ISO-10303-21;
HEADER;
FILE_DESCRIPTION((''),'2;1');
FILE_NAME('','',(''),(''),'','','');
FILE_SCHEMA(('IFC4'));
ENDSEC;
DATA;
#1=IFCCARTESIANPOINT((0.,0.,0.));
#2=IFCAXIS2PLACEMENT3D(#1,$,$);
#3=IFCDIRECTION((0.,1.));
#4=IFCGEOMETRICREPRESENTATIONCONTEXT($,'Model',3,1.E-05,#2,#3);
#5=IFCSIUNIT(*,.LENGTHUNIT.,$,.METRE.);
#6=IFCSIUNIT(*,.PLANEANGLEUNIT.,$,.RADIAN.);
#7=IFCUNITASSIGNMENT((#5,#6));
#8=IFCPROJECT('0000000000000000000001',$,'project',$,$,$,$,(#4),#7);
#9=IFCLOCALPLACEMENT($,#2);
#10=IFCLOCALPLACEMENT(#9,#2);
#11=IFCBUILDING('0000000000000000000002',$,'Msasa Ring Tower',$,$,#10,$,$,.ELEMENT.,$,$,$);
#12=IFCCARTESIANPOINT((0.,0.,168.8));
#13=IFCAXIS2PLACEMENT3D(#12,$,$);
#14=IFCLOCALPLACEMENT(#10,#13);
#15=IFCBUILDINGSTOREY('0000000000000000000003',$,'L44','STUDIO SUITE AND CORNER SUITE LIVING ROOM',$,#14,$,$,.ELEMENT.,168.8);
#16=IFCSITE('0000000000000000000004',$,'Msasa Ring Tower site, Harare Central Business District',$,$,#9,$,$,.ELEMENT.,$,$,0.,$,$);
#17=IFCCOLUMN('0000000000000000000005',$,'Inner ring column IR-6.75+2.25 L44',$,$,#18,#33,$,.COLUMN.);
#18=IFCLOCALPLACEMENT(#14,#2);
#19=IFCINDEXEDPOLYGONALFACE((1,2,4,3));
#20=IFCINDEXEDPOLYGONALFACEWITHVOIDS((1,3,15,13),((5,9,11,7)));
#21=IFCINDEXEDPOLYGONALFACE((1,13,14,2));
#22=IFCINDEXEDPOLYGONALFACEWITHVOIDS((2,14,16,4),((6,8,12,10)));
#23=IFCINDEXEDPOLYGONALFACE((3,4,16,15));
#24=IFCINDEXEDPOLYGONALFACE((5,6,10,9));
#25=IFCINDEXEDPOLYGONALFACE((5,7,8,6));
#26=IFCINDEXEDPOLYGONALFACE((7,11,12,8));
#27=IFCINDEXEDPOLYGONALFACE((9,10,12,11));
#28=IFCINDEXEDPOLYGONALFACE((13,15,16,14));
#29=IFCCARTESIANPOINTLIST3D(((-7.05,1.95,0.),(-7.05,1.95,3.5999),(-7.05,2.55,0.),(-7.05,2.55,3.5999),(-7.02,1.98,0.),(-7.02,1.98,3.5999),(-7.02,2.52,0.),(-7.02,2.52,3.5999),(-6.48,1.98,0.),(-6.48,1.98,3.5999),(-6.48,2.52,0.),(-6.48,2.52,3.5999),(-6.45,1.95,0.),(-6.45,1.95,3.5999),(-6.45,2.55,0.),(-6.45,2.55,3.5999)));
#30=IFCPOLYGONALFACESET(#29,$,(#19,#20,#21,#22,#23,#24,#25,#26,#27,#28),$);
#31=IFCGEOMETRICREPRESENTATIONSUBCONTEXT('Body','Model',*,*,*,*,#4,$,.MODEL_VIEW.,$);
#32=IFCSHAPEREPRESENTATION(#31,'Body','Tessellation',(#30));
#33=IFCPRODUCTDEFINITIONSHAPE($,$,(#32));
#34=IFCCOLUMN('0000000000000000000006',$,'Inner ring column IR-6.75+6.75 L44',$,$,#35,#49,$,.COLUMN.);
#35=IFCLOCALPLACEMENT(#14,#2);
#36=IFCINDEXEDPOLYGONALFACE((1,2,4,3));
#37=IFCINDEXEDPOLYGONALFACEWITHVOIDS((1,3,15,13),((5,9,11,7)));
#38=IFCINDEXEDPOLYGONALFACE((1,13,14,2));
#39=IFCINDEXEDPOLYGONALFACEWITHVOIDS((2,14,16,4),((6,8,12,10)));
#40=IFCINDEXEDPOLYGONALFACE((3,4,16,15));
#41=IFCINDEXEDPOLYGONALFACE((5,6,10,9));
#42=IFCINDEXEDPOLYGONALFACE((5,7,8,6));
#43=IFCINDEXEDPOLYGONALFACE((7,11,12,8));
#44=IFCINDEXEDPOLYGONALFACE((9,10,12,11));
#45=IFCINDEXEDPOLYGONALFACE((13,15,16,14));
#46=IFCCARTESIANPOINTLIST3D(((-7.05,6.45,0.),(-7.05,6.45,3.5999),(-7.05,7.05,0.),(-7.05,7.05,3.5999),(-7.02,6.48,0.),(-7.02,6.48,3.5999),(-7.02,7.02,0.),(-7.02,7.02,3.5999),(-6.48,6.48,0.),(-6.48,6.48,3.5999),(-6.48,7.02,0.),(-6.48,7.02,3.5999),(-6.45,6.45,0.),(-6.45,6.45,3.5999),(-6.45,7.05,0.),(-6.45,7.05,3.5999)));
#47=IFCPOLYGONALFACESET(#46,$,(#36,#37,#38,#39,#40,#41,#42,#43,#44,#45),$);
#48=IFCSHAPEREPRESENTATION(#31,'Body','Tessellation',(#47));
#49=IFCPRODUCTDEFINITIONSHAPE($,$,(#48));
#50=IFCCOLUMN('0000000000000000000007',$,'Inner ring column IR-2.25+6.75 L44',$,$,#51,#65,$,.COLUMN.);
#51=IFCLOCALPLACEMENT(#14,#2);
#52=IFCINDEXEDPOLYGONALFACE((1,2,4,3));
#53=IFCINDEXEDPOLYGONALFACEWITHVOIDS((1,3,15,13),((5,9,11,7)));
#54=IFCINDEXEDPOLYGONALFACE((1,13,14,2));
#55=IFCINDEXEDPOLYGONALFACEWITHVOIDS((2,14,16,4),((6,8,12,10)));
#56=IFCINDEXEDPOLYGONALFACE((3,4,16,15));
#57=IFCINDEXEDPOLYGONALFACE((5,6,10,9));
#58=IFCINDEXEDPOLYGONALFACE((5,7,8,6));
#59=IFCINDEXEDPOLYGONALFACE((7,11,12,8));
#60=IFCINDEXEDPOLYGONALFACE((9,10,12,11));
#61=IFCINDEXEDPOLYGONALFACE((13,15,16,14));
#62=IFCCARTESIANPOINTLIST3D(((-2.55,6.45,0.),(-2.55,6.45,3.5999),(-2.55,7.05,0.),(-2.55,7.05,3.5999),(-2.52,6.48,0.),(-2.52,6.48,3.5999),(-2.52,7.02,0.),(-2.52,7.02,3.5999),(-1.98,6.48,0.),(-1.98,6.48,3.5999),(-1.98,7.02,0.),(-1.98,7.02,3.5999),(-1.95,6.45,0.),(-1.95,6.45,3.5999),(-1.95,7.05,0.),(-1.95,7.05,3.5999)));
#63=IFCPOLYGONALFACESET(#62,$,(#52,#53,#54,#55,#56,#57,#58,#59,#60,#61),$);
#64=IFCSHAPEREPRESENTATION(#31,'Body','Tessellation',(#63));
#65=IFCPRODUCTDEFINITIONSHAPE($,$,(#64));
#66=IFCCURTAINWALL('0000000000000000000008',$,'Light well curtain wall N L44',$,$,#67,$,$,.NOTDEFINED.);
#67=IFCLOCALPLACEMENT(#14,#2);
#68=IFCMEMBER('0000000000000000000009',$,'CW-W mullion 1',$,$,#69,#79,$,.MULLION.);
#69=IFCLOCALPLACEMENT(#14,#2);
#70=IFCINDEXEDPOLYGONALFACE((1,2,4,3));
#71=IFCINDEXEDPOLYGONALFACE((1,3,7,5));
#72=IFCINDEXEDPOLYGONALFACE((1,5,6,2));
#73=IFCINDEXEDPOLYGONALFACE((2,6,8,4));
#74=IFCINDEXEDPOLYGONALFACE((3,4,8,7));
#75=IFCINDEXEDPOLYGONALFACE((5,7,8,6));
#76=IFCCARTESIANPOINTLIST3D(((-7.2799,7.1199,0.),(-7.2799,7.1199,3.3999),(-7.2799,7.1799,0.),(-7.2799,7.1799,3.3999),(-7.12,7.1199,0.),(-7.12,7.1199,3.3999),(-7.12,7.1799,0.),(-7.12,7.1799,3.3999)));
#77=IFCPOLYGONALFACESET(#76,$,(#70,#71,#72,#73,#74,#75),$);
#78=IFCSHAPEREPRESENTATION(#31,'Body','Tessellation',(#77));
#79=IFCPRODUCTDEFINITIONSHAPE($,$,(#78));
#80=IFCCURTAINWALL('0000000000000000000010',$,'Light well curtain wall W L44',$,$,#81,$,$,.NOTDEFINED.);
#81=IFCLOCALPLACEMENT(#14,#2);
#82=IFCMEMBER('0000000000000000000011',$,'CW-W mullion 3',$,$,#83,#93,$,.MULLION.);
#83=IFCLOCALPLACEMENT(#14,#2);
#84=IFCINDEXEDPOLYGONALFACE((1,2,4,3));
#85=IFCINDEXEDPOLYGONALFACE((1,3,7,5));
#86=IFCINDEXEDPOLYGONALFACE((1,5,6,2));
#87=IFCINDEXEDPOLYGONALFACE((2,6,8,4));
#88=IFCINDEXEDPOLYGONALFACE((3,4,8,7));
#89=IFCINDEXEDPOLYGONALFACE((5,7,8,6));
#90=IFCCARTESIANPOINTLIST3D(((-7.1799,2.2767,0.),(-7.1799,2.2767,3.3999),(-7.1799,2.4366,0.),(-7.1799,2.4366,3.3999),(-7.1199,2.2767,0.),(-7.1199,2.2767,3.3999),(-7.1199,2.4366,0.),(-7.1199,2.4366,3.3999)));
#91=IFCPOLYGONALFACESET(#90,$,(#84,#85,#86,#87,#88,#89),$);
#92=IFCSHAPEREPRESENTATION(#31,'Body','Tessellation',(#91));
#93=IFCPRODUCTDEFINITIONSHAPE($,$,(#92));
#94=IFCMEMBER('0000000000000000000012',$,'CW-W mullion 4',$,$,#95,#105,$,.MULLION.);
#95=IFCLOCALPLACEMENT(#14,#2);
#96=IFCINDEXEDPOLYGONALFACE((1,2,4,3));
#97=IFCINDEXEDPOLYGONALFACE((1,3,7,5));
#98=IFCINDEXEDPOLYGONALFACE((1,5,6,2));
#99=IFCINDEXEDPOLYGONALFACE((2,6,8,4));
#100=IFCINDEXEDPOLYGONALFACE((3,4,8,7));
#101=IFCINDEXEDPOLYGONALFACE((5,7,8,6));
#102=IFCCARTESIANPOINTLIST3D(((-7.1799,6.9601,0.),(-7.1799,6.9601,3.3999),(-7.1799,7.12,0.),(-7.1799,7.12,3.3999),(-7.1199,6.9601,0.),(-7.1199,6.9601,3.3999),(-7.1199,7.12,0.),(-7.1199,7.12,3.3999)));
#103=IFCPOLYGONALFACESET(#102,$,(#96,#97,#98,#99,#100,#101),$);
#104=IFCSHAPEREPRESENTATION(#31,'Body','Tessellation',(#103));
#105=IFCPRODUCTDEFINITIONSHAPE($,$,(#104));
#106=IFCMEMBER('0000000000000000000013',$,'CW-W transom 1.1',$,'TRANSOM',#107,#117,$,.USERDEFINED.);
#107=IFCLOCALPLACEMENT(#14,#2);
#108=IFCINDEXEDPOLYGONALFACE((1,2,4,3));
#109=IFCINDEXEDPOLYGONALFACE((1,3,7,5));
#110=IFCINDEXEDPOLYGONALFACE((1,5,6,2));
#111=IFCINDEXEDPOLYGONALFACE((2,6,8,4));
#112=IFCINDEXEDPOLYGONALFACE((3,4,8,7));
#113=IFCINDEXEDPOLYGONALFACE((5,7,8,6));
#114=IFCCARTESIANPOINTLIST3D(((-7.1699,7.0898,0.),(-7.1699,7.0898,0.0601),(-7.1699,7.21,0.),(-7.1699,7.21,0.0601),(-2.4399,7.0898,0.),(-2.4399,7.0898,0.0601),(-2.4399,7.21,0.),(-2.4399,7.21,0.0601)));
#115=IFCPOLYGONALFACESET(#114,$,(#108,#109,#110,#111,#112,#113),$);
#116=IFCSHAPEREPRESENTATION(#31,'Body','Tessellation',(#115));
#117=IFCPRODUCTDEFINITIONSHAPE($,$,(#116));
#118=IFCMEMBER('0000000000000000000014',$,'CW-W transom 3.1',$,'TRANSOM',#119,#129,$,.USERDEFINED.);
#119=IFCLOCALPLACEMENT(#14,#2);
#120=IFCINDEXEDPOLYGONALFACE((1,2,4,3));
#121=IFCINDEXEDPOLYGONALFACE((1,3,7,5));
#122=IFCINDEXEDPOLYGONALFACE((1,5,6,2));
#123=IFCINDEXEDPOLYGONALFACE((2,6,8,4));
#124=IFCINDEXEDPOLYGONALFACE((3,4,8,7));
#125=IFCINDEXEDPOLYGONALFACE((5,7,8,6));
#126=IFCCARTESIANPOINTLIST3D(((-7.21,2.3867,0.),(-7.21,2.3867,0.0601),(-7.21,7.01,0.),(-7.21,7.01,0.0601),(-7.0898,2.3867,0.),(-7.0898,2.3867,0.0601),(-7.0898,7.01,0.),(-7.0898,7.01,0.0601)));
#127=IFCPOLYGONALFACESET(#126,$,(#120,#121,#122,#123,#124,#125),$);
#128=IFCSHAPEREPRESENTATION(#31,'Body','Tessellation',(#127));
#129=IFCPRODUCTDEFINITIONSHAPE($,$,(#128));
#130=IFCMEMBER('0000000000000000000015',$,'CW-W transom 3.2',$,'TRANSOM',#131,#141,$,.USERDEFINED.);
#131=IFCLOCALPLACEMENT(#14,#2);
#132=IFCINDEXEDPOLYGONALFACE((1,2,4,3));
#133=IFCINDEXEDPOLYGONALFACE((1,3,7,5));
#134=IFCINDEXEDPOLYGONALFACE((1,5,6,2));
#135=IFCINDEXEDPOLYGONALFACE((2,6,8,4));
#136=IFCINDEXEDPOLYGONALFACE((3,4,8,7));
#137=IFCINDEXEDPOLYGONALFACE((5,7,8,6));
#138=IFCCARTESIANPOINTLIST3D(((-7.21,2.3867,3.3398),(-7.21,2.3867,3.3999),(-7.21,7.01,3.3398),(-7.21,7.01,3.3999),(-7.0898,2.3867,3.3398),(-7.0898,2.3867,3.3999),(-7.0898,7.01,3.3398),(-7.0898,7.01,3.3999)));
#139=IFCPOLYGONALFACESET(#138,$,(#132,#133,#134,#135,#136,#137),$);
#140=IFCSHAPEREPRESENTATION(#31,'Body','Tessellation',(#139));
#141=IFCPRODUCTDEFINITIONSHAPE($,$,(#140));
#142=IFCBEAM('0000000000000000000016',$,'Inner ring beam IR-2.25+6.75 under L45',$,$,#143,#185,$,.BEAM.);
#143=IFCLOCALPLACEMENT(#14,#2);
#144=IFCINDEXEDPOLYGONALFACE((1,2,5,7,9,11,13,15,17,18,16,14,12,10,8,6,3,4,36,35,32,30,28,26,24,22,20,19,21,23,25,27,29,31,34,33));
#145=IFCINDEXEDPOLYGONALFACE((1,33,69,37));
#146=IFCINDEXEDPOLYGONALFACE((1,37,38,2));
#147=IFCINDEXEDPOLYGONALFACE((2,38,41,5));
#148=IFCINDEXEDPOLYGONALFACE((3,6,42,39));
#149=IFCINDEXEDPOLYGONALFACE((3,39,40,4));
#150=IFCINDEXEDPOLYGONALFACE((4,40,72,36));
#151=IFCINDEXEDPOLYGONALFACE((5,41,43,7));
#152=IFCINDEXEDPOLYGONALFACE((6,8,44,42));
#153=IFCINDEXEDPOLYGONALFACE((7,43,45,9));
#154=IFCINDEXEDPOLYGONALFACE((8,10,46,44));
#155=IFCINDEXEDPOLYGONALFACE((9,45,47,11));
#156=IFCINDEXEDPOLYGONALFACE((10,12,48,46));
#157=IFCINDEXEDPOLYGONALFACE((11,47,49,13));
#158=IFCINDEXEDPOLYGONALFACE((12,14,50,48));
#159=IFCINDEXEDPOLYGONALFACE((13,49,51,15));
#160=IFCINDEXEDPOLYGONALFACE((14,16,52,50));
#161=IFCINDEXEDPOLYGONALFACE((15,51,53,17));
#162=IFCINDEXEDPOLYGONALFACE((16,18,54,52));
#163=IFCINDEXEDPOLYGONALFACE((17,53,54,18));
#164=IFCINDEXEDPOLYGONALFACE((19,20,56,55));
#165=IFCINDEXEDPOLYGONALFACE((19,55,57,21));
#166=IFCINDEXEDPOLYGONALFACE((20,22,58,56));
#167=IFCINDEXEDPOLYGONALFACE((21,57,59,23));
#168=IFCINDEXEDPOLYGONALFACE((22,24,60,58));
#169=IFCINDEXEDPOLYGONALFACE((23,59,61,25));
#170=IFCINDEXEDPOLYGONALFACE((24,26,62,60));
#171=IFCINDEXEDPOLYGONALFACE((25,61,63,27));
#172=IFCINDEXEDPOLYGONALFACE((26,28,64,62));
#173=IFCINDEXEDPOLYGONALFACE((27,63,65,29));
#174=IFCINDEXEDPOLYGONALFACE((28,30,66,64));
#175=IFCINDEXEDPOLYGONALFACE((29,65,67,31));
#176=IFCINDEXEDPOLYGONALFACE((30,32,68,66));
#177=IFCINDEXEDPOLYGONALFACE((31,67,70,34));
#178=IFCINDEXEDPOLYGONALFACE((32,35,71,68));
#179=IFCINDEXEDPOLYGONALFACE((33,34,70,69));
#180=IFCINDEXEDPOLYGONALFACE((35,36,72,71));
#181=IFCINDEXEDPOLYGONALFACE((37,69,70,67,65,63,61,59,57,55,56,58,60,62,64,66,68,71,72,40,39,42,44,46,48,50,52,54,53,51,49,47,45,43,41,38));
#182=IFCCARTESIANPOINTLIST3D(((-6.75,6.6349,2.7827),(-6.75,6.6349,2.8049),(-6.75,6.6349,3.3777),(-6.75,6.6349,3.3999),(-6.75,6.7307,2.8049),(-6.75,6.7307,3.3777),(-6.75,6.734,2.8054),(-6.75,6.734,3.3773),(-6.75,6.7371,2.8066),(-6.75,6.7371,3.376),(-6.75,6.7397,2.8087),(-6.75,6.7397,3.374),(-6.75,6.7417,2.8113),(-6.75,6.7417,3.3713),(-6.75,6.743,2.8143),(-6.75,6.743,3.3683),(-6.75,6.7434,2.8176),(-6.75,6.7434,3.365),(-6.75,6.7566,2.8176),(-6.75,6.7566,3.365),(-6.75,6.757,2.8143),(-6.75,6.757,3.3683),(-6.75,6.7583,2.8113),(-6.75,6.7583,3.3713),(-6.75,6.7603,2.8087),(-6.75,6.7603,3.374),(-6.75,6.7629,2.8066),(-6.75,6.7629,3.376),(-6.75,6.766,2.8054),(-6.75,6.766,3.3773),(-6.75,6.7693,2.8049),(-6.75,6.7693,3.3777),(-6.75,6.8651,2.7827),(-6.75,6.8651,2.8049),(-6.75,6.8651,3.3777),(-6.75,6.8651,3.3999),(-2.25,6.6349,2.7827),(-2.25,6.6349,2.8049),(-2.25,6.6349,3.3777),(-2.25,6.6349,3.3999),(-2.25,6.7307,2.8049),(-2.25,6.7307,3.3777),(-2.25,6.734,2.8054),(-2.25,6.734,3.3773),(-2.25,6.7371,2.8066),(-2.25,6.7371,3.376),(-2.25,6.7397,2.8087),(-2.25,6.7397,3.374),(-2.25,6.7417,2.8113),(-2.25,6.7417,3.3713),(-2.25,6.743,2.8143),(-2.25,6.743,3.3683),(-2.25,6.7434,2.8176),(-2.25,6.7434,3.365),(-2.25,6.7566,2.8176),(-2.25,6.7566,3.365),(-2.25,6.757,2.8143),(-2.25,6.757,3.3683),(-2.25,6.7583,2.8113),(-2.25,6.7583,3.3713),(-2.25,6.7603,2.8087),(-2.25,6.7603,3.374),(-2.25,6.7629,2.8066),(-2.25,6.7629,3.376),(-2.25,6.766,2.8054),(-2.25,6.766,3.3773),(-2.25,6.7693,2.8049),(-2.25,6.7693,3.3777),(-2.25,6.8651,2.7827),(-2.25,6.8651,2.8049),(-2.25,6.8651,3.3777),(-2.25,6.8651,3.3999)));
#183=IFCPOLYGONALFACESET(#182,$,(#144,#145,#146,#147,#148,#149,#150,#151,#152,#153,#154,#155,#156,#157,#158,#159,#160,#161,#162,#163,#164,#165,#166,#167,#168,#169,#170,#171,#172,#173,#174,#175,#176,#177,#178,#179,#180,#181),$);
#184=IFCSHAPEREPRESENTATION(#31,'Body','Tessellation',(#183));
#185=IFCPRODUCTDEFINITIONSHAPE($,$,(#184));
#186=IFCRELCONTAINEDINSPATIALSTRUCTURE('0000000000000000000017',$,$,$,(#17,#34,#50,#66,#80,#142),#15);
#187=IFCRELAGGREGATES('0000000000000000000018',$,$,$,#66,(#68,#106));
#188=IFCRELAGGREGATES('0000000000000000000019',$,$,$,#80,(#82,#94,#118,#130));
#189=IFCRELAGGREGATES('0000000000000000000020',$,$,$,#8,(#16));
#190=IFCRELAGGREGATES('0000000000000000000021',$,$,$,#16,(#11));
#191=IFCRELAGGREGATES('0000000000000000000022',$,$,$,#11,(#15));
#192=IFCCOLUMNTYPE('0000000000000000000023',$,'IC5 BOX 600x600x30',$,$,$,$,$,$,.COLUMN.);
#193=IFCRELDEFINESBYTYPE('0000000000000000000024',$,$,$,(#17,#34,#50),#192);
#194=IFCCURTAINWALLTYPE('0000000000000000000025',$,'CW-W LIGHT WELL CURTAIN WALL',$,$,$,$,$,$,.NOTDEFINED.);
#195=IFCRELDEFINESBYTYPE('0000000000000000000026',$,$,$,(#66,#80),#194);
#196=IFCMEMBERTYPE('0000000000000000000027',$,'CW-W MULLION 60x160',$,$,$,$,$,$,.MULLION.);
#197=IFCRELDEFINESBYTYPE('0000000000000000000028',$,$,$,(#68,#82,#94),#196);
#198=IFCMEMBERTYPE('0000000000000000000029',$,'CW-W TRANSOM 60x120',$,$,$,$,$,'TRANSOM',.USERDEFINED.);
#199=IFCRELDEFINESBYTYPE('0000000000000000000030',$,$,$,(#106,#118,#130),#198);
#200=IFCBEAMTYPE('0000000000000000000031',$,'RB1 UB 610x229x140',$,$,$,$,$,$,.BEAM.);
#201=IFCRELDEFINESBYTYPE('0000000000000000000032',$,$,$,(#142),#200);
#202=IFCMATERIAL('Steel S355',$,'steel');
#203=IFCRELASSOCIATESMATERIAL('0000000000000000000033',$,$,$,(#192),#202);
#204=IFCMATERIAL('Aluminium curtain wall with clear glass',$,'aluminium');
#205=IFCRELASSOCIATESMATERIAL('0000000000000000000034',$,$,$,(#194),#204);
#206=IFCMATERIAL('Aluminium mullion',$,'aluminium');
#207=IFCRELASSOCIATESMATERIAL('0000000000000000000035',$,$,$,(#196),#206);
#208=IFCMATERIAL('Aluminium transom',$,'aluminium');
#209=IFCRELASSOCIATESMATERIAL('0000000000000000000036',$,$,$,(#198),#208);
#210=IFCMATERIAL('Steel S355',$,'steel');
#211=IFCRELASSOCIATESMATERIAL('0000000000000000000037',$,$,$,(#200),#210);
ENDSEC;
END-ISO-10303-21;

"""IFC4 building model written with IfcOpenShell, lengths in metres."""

from ifc_helpers import new_model, si_unit, direction, frame, origin, origin_2d, place, context, subcontext, project, spatial, rectangle, hollow_rectangle, i_section, extrude, material, material_profile, profile_set, type_object, element, aggregate, save


model = new_model("IFC4")

# Units and contexts
model_context = context("Model", 3, precision=1e-05, world=origin(), true_north=direction((0.0, 1.0)))
body_context = subcontext(model_context, "Body", "Model", "MODEL_VIEW")
ifc_project = project(units=[si_unit("LENGTHUNIT", "METRE"), si_unit("PLANEANGLEUNIT", "RADIAN")], contexts=[model_context])

# Site, building, storey
site_placement = place(None, origin())
site = spatial("IfcSite", under=ifc_project, at=site_placement, Name="Msasa Ring Tower site, Harare Central Business District", CompositionType="ELEMENT", RefElevation=0.0)
building_placement = place(site_placement, origin())
building = spatial("IfcBuilding", under=site, at=building_placement, Name="Msasa Ring Tower", CompositionType="ELEMENT")
storey_placement = place(building_placement, frame((0.0, 0.0, 168.8)))
storey = spatial("IfcBuildingStorey", under=building, at=storey_placement, Name="L44", Description="STUDIO SUITE AND CORNER SUITE LIVING ROOM", CompositionType="ELEMENT", Elevation=168.8)

# Columns
ifc_material_1 = material(Name="Steel S355", Category="steel")
ifc_material_profile_1 = material_profile(ifc_material_1, hollow_rectangle(XDim=0.6001, YDim=0.6001, WallThickness=0.03, at=origin_2d()), Name="BOX 600x600x30")
ifc_profile_set_1 = profile_set([ifc_material_profile_1], Name="Steel S355")
column_type = type_object("IfcColumnType", Name="IC5 BOX 600x600x30", PredefinedType="COLUMN", material=ifc_profile_set_1)
for number, where, z_axis, x_axis, name in (
    (1, (-6.75, 2.25, 0.0), (0.0, 0.0, 1.0), (1.0, 0.0, 0.0), "Inner ring column IR-6.75+2.25 L44"),
    (2, (-6.75, 6.75, 0.0), (0.0, 0.0, 1.0), (1.0, 0.0, 0.0), "Inner ring column IR-6.75+6.75 L44"),
    (3, (-2.25, 6.75, 0.0), (0.0, 0.0, 1.0), (1.0, 0.0, 0.0), "Inner ring column IR-2.25+6.75 L44"),
):
    element("IfcColumn", number, at=place(storey_placement, frame(where, z_axis=z_axis, x_axis=x_axis)), inside=storey, type_object=column_type, Name=name, PredefinedType="COLUMN", context=body_context, shape_type="SweptSolid", body=[
        extrude(hollow_rectangle(XDim=0.6001, YDim=0.6001, WallThickness=0.03, at=origin_2d()), origin(), (0.0, 0.0, 1.0), 3.5999),
    ])

# Curtain wall, member
ifc_material_2 = material(Name="Aluminium curtain wall with clear glass", Category="aluminium")
curtain_wall_type = type_object("IfcCurtainWallType", Name="CW-W LIGHT WELL CURTAIN WALL", PredefinedType="NOTDEFINED", material=ifc_material_2)
curtain_wall_1_placement = place(storey_placement, origin())
curtain_wall_1 = element("IfcCurtainWall", 4, at=curtain_wall_1_placement, inside=storey, type_object=curtain_wall_type, Name="Light well curtain wall N L44", PredefinedType="NOTDEFINED")
ifc_material_3 = material(Name="Aluminium mullion", Category="aluminium")
ifc_material_profile_2 = material_profile(ifc_material_3, rectangle(XDim=0.0601, YDim=0.1599, at=origin_2d()), Name="AL 60x160")
ifc_profile_set_2 = profile_set([ifc_material_profile_2], Name="Aluminium mullion")
member_type_1 = type_object("IfcMemberType", Name="CW-W MULLION 60x160", PredefinedType="MULLION", material=ifc_profile_set_2)
member_1_placement = place(storey_placement, frame((-7.2, 7.1499, 0.0), z_axis=(0.0, 0.0, 1.0), x_axis=(0.0, 1.0, 0.0)))
member_1 = element("IfcMember", 5, at=member_1_placement, type_object=member_type_1, Name="CW-W mullion 1", PredefinedType="MULLION", context=body_context, shape_type="SweptSolid", body=[
    extrude(rectangle(XDim=0.0601, YDim=0.1599, at=origin_2d()), origin(), (0.0, 0.0, 1.0), 3.3999),
])

# Curtain wall, members
curtain_wall_2_placement = place(storey_placement, origin())
curtain_wall_2 = element("IfcCurtainWall", 6, at=curtain_wall_2_placement, inside=storey, type_object=curtain_wall_type, Name="Light well curtain wall W L44", PredefinedType="NOTDEFINED")
member_2_placement = place(storey_placement, frame((-7.1499, 2.3567, 0.0), z_axis=(0.0, 0.0, 1.0), x_axis=(-1.0, 0.0, 0.0)))
member_2 = element("IfcMember", 7, at=member_2_placement, type_object=member_type_1, Name="CW-W mullion 3", PredefinedType="MULLION", context=body_context, shape_type="SweptSolid", body=[
    extrude(rectangle(XDim=0.0601, YDim=0.1599, at=origin_2d()), origin(), (0.0, 0.0, 1.0), 3.3999),
])
member_3_placement = place(storey_placement, frame((-7.1499, 7.04, 0.0), z_axis=(0.0, 0.0, 1.0), x_axis=(-1.0, 0.0, 0.0)))
member_3 = element("IfcMember", 8, at=member_3_placement, type_object=member_type_1, Name="CW-W mullion 4", PredefinedType="MULLION", context=body_context, shape_type="SweptSolid", body=[
    extrude(rectangle(XDim=0.0601, YDim=0.1599, at=origin_2d()), origin(), (0.0, 0.0, 1.0), 3.3999),
])

# Members
ifc_material_4 = material(Name="Aluminium transom", Category="aluminium")
ifc_material_profile_3 = material_profile(ifc_material_4, rectangle(XDim=0.1201, YDim=0.0601, at=origin_2d()), Name="AL 60x120")
ifc_profile_set_3 = profile_set([ifc_material_profile_3], Name="Aluminium transom")
member_type_2 = type_object("IfcMemberType", Name="CW-W TRANSOM 60x120", ElementType="TRANSOM", PredefinedType="USERDEFINED", material=ifc_profile_set_3)
member_4_placement = place(storey_placement, frame((-7.1699, 7.1499, 0.03), z_axis=(1.0, 0.0, 0.0), x_axis=(0.0, 1.0, 0.0)))
member_4 = element("IfcMember", 9, at=member_4_placement, type_object=member_type_2, Name="CW-W transom 1.1", ObjectType="TRANSOM", PredefinedType="USERDEFINED", context=body_context, shape_type="SweptSolid", body=[
    extrude(rectangle(XDim=0.1201, YDim=0.0601, at=origin_2d()), origin(), (0.0, 0.0, 1.0), 4.73),
])
aggregate(curtain_wall_1, [member_1, member_4])
member_5_placement = place(storey_placement, frame((-7.1499, 2.3867, 0.03), z_axis=(0.0, 1.0, 0.0), x_axis=(-1.0, 0.0, 0.0)))
member_5 = element("IfcMember", 10, at=member_5_placement, type_object=member_type_2, Name="CW-W transom 3.1", ObjectType="TRANSOM", PredefinedType="USERDEFINED", context=body_context, shape_type="SweptSolid", body=[
    extrude(rectangle(XDim=0.1201, YDim=0.0601, at=origin_2d()), origin(), (0.0, 0.0, 1.0), 4.6233),
])
member_6_placement = place(storey_placement, frame((-7.1499, 2.3867, 3.3699), z_axis=(0.0, 1.0, 0.0), x_axis=(-1.0, 0.0, 0.0)))
member_6 = element("IfcMember", 11, at=member_6_placement, type_object=member_type_2, Name="CW-W transom 3.2", ObjectType="TRANSOM", PredefinedType="USERDEFINED", context=body_context, shape_type="SweptSolid", body=[
    extrude(rectangle(XDim=0.1201, YDim=0.0601, at=origin_2d()), origin(), (0.0, 0.0, 1.0), 4.6233),
])

# Beam
ifc_material_5 = material(Name="Steel S355", Category="steel")
ifc_material_profile_4 = material_profile(ifc_material_5, i_section(OverallWidth=0.2302, OverallDepth=0.6172, WebThickness=0.0132, FlangeThickness=0.0222, FilletRadius=0.0127, at=origin_2d()), Name="UB 610x229x140")
ifc_profile_set_4 = profile_set([ifc_material_profile_4], Name="Steel S355")
beam_type = type_object("IfcBeamType", Name="RB1 UB 610x229x140", PredefinedType="BEAM", material=ifc_profile_set_4)
for number, where, z_axis, x_axis, name in (
    (12, (-2.25, 6.75, 3.0913), (-1.0, 0.0, 0.0), (0.0, -1.0, 0.0), "Inner ring beam IR-2.25+6.75 under L45"),
):
    element("IfcBeam", number, at=place(storey_placement, frame(where, z_axis=z_axis, x_axis=x_axis)), inside=storey, type_object=beam_type, Name=name, PredefinedType="BEAM", context=body_context, shape_type="SweptSolid", body=[
        extrude(i_section(OverallWidth=0.2302, OverallDepth=0.6172, WebThickness=0.0132, FlangeThickness=0.0222, FilletRadius=0.0127, at=origin_2d()), origin(), (0.0, 0.0, 1.0), 4.5),
    ])

aggregate(curtain_wall_2, [member_2, member_3, member_5, member_6])

save(model, "model.ifc")
